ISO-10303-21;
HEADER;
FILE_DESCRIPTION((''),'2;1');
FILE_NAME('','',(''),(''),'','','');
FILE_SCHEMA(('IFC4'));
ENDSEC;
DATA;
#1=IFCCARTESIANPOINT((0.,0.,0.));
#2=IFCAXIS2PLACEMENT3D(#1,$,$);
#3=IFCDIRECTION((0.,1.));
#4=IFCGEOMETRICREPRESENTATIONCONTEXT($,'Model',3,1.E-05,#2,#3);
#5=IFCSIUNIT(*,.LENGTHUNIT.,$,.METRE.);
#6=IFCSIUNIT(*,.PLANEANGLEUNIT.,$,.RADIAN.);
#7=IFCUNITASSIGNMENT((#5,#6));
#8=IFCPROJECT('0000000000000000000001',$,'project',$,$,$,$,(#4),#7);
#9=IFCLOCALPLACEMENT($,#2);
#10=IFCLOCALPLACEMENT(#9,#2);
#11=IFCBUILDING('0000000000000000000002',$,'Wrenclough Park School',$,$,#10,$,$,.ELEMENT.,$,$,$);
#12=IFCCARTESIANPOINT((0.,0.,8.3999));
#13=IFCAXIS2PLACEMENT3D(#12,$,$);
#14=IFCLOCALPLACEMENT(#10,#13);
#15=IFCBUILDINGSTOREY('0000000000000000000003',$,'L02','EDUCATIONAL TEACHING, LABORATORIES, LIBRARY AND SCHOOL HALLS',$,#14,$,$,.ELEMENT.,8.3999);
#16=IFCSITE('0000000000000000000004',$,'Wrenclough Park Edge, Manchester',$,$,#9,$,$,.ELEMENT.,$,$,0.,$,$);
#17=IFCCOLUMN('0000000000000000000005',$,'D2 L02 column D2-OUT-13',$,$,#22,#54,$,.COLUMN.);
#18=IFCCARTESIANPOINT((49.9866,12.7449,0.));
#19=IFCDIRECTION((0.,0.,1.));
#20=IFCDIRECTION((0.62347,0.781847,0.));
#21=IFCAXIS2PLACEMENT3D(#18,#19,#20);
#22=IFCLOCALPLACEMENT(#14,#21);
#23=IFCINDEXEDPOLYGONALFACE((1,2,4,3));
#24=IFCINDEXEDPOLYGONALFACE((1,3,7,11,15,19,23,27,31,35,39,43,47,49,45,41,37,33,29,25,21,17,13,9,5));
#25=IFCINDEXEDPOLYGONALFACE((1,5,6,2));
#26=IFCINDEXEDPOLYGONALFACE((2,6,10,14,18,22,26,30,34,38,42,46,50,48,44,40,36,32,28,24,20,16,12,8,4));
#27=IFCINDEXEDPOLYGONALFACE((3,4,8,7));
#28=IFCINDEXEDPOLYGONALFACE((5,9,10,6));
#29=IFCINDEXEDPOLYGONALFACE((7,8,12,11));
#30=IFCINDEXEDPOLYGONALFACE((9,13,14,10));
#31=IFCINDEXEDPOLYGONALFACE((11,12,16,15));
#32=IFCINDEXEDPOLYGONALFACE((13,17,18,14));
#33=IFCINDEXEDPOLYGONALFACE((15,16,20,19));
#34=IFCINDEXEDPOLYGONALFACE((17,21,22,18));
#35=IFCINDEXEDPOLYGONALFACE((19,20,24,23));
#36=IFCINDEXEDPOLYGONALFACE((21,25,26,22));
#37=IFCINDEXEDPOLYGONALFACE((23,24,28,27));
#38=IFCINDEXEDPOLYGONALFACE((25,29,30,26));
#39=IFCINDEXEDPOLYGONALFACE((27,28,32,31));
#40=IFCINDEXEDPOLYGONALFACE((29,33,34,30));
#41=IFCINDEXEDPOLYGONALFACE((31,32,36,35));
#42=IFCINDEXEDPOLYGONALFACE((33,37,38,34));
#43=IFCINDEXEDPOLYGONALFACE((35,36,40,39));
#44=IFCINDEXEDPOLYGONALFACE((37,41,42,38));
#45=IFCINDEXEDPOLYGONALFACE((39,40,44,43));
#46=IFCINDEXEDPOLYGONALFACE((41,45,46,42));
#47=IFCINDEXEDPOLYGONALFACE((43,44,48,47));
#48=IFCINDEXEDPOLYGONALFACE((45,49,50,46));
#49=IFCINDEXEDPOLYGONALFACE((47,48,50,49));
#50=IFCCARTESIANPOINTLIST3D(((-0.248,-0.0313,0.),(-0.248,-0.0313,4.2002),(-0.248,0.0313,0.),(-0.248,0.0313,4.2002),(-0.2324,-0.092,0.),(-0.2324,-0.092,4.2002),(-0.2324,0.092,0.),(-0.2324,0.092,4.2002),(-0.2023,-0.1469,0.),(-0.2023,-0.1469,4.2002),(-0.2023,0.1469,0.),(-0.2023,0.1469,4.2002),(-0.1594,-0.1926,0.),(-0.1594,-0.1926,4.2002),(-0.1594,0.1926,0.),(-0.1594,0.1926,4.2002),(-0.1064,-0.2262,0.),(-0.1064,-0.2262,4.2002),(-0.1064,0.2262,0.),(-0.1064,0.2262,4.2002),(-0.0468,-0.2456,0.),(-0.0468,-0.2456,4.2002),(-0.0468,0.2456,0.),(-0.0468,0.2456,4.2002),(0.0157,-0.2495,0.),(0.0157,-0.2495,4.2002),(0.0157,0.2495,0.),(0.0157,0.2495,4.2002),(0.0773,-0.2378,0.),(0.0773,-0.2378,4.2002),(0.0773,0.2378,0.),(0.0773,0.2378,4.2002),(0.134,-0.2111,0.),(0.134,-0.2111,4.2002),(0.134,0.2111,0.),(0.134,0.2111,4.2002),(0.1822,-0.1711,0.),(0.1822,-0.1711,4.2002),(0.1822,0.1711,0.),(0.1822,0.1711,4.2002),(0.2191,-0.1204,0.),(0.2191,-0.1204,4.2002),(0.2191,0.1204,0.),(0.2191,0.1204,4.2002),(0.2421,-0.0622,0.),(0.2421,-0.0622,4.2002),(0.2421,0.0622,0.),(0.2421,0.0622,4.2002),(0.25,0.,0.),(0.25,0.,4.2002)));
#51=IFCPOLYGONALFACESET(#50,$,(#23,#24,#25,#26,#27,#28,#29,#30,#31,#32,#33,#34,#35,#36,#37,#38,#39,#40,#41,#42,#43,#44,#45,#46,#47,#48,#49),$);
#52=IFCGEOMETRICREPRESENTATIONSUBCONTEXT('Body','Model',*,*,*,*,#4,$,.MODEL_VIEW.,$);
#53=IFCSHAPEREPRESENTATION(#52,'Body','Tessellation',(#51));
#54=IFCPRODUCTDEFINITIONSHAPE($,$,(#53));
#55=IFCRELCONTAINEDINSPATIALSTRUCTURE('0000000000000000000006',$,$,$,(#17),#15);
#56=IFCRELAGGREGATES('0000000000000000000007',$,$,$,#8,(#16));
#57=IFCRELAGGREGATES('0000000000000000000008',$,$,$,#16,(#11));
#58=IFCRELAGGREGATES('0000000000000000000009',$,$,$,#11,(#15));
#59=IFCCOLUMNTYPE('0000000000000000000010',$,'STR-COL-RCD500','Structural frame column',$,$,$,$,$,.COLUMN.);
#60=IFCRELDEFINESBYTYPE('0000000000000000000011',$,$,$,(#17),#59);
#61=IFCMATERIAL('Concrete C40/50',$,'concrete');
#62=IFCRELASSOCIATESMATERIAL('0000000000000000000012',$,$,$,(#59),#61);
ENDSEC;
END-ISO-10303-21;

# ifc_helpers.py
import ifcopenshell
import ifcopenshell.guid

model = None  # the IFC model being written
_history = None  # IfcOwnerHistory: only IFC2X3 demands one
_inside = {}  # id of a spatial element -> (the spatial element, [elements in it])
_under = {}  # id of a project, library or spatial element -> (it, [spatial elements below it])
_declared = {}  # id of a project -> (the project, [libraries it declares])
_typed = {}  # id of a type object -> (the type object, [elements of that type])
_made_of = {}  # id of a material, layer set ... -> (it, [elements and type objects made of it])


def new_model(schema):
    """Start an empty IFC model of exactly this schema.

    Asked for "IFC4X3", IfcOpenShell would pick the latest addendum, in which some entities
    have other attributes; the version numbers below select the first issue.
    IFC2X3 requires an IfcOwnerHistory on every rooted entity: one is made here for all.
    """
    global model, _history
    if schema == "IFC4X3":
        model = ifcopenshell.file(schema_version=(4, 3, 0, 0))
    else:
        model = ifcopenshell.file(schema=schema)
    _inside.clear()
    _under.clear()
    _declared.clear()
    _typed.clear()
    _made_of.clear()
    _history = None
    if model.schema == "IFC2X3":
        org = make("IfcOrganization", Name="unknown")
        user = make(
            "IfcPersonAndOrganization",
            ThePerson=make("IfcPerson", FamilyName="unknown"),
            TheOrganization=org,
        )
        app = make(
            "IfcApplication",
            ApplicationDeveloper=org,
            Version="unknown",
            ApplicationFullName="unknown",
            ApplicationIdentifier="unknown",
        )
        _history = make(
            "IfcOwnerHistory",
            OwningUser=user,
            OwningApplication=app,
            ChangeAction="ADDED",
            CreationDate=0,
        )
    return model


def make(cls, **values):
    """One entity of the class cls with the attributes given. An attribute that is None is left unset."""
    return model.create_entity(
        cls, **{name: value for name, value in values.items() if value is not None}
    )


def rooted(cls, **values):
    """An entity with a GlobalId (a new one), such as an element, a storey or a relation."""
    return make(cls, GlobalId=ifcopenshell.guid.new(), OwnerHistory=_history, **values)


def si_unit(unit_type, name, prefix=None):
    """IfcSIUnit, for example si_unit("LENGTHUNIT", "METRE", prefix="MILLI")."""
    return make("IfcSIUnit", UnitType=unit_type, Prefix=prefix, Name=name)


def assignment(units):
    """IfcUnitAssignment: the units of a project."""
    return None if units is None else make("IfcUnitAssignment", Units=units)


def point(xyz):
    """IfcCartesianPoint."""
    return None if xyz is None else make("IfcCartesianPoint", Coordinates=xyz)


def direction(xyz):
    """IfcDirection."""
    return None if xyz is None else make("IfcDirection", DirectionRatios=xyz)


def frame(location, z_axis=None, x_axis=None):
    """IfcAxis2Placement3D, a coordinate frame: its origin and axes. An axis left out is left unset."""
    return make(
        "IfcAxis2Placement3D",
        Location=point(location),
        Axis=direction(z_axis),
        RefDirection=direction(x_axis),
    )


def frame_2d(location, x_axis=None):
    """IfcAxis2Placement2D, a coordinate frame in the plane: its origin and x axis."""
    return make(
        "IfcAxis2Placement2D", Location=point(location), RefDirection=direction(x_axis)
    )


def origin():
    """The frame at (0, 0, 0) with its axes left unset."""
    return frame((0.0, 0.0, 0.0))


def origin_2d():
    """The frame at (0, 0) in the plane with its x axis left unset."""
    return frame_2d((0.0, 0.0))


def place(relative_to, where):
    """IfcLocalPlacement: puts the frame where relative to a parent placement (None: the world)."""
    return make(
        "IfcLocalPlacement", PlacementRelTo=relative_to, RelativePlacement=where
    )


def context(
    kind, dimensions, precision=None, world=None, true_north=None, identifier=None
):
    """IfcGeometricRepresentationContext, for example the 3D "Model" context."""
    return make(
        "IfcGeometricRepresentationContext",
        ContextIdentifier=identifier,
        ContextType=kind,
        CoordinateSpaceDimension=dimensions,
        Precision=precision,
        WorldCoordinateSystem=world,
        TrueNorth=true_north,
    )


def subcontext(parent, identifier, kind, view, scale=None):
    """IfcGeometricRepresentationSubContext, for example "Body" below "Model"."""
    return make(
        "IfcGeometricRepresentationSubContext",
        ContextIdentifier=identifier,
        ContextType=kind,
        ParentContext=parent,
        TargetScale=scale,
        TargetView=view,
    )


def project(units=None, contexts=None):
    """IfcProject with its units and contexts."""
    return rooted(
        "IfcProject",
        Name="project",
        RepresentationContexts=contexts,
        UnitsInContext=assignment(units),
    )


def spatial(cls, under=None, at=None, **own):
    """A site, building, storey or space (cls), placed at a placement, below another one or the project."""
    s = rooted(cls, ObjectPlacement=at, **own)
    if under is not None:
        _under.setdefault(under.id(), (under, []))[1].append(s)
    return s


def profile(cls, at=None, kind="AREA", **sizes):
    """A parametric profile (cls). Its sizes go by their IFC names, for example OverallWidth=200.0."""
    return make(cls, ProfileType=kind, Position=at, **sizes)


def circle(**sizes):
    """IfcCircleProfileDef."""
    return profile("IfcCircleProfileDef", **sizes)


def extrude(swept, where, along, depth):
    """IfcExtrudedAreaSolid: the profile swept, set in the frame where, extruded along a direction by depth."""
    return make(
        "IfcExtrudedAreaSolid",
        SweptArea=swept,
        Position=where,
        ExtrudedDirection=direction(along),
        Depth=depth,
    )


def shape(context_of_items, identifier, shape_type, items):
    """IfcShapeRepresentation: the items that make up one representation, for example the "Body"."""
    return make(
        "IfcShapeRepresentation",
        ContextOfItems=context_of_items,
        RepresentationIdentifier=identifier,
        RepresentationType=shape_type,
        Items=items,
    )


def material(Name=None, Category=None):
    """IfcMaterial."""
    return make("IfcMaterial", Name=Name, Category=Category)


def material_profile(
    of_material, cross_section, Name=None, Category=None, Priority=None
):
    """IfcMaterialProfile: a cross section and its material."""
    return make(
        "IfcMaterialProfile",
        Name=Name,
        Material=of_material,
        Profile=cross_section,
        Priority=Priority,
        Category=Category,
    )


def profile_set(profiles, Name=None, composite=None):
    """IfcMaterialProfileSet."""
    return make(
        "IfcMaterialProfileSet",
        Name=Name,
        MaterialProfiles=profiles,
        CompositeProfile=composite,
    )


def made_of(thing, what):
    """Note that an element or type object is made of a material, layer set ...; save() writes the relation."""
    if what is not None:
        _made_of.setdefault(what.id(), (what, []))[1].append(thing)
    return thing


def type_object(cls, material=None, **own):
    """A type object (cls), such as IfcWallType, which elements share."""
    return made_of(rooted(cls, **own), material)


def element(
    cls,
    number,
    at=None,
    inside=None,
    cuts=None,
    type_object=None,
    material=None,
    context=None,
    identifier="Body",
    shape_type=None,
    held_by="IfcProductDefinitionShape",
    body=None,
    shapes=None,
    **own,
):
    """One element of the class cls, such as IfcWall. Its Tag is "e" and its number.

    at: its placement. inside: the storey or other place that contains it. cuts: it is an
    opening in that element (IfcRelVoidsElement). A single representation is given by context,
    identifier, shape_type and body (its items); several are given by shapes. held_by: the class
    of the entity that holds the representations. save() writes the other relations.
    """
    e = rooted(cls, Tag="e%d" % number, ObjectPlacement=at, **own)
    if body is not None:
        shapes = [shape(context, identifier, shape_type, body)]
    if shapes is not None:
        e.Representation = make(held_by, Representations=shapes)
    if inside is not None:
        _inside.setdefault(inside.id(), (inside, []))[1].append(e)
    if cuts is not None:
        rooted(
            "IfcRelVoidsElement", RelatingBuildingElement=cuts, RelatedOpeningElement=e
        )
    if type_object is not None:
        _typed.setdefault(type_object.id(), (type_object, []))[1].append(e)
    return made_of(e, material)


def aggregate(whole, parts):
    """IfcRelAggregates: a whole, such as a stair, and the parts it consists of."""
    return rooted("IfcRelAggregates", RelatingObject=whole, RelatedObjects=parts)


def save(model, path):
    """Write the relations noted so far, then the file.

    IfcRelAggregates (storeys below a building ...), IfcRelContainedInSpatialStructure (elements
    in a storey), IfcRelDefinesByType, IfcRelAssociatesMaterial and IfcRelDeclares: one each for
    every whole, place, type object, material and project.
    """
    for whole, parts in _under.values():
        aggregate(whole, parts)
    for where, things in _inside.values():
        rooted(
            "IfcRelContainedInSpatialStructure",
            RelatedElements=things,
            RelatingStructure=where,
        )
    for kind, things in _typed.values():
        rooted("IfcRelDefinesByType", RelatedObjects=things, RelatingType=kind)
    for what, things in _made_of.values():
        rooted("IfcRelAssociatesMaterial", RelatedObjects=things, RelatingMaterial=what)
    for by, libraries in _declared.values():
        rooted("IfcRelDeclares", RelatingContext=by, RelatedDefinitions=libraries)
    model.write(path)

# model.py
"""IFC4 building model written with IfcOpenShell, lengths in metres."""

from ifc_helpers import new_model, si_unit, direction, frame, origin, origin_2d, place, context, subcontext, project, spatial, circle, extrude, material, material_profile, profile_set, type_object, element, save


model = new_model("IFC4")

# Units and contexts
model_context = context("Model", 3, precision=1e-05, world=origin(), true_north=direction((0.0, 1.0)))
body_context = subcontext(model_context, "Body", "Model", "MODEL_VIEW")
ifc_project = project(units=[si_unit("LENGTHUNIT", "METRE"), si_unit("PLANEANGLEUNIT", "RADIAN")], contexts=[model_context])

# Site, building, storey
site_placement = place(None, origin())
site = spatial("IfcSite", under=ifc_project, at=site_placement, Name="Wrenclough Park Edge, Manchester", CompositionType="ELEMENT", RefElevation=0.0)
building_placement = place(site_placement, origin())
building = spatial("IfcBuilding", under=site, at=building_placement, Name="Wrenclough Park School", CompositionType="ELEMENT")
storey_placement = place(building_placement, frame((0.0, 0.0, 8.3999)))
storey = spatial("IfcBuildingStorey", under=building, at=storey_placement, Name="L02", Description="EDUCATIONAL TEACHING, LABORATORIES, LIBRARY AND SCHOOL HALLS", CompositionType="ELEMENT", Elevation=8.3999)

# Column
ifc_material_1 = material(Name="Concrete C40/50", Category="concrete")
ifc_material_profile_1 = material_profile(ifc_material_1, circle(Radius=0.25, at=origin_2d()), Name="RC COL D500")
ifc_profile_set_1 = profile_set([ifc_material_profile_1], Name="Concrete C40/50")
column_type = type_object("IfcColumnType", Name="STR-COL-RCD500", Description="Structural frame column", PredefinedType="COLUMN", material=ifc_profile_set_1)
column_placement = place(storey_placement, frame((49.9866, 12.7449, 0.0), z_axis=(0.0, 0.0, 1.0), x_axis=(0.62347, 0.781847, 0.0)))
element("IfcColumn", 1, at=column_placement, inside=storey, type_object=column_type, Name="D2 L02 column D2-OUT-13", PredefinedType="COLUMN", context=body_context, shape_type="SweptSolid", body=[
    extrude(circle(Radius=0.25, at=origin_2d()), origin(), (0.0, 0.0, 1.0), 4.2002),
])

save(model, "model.ifc")
